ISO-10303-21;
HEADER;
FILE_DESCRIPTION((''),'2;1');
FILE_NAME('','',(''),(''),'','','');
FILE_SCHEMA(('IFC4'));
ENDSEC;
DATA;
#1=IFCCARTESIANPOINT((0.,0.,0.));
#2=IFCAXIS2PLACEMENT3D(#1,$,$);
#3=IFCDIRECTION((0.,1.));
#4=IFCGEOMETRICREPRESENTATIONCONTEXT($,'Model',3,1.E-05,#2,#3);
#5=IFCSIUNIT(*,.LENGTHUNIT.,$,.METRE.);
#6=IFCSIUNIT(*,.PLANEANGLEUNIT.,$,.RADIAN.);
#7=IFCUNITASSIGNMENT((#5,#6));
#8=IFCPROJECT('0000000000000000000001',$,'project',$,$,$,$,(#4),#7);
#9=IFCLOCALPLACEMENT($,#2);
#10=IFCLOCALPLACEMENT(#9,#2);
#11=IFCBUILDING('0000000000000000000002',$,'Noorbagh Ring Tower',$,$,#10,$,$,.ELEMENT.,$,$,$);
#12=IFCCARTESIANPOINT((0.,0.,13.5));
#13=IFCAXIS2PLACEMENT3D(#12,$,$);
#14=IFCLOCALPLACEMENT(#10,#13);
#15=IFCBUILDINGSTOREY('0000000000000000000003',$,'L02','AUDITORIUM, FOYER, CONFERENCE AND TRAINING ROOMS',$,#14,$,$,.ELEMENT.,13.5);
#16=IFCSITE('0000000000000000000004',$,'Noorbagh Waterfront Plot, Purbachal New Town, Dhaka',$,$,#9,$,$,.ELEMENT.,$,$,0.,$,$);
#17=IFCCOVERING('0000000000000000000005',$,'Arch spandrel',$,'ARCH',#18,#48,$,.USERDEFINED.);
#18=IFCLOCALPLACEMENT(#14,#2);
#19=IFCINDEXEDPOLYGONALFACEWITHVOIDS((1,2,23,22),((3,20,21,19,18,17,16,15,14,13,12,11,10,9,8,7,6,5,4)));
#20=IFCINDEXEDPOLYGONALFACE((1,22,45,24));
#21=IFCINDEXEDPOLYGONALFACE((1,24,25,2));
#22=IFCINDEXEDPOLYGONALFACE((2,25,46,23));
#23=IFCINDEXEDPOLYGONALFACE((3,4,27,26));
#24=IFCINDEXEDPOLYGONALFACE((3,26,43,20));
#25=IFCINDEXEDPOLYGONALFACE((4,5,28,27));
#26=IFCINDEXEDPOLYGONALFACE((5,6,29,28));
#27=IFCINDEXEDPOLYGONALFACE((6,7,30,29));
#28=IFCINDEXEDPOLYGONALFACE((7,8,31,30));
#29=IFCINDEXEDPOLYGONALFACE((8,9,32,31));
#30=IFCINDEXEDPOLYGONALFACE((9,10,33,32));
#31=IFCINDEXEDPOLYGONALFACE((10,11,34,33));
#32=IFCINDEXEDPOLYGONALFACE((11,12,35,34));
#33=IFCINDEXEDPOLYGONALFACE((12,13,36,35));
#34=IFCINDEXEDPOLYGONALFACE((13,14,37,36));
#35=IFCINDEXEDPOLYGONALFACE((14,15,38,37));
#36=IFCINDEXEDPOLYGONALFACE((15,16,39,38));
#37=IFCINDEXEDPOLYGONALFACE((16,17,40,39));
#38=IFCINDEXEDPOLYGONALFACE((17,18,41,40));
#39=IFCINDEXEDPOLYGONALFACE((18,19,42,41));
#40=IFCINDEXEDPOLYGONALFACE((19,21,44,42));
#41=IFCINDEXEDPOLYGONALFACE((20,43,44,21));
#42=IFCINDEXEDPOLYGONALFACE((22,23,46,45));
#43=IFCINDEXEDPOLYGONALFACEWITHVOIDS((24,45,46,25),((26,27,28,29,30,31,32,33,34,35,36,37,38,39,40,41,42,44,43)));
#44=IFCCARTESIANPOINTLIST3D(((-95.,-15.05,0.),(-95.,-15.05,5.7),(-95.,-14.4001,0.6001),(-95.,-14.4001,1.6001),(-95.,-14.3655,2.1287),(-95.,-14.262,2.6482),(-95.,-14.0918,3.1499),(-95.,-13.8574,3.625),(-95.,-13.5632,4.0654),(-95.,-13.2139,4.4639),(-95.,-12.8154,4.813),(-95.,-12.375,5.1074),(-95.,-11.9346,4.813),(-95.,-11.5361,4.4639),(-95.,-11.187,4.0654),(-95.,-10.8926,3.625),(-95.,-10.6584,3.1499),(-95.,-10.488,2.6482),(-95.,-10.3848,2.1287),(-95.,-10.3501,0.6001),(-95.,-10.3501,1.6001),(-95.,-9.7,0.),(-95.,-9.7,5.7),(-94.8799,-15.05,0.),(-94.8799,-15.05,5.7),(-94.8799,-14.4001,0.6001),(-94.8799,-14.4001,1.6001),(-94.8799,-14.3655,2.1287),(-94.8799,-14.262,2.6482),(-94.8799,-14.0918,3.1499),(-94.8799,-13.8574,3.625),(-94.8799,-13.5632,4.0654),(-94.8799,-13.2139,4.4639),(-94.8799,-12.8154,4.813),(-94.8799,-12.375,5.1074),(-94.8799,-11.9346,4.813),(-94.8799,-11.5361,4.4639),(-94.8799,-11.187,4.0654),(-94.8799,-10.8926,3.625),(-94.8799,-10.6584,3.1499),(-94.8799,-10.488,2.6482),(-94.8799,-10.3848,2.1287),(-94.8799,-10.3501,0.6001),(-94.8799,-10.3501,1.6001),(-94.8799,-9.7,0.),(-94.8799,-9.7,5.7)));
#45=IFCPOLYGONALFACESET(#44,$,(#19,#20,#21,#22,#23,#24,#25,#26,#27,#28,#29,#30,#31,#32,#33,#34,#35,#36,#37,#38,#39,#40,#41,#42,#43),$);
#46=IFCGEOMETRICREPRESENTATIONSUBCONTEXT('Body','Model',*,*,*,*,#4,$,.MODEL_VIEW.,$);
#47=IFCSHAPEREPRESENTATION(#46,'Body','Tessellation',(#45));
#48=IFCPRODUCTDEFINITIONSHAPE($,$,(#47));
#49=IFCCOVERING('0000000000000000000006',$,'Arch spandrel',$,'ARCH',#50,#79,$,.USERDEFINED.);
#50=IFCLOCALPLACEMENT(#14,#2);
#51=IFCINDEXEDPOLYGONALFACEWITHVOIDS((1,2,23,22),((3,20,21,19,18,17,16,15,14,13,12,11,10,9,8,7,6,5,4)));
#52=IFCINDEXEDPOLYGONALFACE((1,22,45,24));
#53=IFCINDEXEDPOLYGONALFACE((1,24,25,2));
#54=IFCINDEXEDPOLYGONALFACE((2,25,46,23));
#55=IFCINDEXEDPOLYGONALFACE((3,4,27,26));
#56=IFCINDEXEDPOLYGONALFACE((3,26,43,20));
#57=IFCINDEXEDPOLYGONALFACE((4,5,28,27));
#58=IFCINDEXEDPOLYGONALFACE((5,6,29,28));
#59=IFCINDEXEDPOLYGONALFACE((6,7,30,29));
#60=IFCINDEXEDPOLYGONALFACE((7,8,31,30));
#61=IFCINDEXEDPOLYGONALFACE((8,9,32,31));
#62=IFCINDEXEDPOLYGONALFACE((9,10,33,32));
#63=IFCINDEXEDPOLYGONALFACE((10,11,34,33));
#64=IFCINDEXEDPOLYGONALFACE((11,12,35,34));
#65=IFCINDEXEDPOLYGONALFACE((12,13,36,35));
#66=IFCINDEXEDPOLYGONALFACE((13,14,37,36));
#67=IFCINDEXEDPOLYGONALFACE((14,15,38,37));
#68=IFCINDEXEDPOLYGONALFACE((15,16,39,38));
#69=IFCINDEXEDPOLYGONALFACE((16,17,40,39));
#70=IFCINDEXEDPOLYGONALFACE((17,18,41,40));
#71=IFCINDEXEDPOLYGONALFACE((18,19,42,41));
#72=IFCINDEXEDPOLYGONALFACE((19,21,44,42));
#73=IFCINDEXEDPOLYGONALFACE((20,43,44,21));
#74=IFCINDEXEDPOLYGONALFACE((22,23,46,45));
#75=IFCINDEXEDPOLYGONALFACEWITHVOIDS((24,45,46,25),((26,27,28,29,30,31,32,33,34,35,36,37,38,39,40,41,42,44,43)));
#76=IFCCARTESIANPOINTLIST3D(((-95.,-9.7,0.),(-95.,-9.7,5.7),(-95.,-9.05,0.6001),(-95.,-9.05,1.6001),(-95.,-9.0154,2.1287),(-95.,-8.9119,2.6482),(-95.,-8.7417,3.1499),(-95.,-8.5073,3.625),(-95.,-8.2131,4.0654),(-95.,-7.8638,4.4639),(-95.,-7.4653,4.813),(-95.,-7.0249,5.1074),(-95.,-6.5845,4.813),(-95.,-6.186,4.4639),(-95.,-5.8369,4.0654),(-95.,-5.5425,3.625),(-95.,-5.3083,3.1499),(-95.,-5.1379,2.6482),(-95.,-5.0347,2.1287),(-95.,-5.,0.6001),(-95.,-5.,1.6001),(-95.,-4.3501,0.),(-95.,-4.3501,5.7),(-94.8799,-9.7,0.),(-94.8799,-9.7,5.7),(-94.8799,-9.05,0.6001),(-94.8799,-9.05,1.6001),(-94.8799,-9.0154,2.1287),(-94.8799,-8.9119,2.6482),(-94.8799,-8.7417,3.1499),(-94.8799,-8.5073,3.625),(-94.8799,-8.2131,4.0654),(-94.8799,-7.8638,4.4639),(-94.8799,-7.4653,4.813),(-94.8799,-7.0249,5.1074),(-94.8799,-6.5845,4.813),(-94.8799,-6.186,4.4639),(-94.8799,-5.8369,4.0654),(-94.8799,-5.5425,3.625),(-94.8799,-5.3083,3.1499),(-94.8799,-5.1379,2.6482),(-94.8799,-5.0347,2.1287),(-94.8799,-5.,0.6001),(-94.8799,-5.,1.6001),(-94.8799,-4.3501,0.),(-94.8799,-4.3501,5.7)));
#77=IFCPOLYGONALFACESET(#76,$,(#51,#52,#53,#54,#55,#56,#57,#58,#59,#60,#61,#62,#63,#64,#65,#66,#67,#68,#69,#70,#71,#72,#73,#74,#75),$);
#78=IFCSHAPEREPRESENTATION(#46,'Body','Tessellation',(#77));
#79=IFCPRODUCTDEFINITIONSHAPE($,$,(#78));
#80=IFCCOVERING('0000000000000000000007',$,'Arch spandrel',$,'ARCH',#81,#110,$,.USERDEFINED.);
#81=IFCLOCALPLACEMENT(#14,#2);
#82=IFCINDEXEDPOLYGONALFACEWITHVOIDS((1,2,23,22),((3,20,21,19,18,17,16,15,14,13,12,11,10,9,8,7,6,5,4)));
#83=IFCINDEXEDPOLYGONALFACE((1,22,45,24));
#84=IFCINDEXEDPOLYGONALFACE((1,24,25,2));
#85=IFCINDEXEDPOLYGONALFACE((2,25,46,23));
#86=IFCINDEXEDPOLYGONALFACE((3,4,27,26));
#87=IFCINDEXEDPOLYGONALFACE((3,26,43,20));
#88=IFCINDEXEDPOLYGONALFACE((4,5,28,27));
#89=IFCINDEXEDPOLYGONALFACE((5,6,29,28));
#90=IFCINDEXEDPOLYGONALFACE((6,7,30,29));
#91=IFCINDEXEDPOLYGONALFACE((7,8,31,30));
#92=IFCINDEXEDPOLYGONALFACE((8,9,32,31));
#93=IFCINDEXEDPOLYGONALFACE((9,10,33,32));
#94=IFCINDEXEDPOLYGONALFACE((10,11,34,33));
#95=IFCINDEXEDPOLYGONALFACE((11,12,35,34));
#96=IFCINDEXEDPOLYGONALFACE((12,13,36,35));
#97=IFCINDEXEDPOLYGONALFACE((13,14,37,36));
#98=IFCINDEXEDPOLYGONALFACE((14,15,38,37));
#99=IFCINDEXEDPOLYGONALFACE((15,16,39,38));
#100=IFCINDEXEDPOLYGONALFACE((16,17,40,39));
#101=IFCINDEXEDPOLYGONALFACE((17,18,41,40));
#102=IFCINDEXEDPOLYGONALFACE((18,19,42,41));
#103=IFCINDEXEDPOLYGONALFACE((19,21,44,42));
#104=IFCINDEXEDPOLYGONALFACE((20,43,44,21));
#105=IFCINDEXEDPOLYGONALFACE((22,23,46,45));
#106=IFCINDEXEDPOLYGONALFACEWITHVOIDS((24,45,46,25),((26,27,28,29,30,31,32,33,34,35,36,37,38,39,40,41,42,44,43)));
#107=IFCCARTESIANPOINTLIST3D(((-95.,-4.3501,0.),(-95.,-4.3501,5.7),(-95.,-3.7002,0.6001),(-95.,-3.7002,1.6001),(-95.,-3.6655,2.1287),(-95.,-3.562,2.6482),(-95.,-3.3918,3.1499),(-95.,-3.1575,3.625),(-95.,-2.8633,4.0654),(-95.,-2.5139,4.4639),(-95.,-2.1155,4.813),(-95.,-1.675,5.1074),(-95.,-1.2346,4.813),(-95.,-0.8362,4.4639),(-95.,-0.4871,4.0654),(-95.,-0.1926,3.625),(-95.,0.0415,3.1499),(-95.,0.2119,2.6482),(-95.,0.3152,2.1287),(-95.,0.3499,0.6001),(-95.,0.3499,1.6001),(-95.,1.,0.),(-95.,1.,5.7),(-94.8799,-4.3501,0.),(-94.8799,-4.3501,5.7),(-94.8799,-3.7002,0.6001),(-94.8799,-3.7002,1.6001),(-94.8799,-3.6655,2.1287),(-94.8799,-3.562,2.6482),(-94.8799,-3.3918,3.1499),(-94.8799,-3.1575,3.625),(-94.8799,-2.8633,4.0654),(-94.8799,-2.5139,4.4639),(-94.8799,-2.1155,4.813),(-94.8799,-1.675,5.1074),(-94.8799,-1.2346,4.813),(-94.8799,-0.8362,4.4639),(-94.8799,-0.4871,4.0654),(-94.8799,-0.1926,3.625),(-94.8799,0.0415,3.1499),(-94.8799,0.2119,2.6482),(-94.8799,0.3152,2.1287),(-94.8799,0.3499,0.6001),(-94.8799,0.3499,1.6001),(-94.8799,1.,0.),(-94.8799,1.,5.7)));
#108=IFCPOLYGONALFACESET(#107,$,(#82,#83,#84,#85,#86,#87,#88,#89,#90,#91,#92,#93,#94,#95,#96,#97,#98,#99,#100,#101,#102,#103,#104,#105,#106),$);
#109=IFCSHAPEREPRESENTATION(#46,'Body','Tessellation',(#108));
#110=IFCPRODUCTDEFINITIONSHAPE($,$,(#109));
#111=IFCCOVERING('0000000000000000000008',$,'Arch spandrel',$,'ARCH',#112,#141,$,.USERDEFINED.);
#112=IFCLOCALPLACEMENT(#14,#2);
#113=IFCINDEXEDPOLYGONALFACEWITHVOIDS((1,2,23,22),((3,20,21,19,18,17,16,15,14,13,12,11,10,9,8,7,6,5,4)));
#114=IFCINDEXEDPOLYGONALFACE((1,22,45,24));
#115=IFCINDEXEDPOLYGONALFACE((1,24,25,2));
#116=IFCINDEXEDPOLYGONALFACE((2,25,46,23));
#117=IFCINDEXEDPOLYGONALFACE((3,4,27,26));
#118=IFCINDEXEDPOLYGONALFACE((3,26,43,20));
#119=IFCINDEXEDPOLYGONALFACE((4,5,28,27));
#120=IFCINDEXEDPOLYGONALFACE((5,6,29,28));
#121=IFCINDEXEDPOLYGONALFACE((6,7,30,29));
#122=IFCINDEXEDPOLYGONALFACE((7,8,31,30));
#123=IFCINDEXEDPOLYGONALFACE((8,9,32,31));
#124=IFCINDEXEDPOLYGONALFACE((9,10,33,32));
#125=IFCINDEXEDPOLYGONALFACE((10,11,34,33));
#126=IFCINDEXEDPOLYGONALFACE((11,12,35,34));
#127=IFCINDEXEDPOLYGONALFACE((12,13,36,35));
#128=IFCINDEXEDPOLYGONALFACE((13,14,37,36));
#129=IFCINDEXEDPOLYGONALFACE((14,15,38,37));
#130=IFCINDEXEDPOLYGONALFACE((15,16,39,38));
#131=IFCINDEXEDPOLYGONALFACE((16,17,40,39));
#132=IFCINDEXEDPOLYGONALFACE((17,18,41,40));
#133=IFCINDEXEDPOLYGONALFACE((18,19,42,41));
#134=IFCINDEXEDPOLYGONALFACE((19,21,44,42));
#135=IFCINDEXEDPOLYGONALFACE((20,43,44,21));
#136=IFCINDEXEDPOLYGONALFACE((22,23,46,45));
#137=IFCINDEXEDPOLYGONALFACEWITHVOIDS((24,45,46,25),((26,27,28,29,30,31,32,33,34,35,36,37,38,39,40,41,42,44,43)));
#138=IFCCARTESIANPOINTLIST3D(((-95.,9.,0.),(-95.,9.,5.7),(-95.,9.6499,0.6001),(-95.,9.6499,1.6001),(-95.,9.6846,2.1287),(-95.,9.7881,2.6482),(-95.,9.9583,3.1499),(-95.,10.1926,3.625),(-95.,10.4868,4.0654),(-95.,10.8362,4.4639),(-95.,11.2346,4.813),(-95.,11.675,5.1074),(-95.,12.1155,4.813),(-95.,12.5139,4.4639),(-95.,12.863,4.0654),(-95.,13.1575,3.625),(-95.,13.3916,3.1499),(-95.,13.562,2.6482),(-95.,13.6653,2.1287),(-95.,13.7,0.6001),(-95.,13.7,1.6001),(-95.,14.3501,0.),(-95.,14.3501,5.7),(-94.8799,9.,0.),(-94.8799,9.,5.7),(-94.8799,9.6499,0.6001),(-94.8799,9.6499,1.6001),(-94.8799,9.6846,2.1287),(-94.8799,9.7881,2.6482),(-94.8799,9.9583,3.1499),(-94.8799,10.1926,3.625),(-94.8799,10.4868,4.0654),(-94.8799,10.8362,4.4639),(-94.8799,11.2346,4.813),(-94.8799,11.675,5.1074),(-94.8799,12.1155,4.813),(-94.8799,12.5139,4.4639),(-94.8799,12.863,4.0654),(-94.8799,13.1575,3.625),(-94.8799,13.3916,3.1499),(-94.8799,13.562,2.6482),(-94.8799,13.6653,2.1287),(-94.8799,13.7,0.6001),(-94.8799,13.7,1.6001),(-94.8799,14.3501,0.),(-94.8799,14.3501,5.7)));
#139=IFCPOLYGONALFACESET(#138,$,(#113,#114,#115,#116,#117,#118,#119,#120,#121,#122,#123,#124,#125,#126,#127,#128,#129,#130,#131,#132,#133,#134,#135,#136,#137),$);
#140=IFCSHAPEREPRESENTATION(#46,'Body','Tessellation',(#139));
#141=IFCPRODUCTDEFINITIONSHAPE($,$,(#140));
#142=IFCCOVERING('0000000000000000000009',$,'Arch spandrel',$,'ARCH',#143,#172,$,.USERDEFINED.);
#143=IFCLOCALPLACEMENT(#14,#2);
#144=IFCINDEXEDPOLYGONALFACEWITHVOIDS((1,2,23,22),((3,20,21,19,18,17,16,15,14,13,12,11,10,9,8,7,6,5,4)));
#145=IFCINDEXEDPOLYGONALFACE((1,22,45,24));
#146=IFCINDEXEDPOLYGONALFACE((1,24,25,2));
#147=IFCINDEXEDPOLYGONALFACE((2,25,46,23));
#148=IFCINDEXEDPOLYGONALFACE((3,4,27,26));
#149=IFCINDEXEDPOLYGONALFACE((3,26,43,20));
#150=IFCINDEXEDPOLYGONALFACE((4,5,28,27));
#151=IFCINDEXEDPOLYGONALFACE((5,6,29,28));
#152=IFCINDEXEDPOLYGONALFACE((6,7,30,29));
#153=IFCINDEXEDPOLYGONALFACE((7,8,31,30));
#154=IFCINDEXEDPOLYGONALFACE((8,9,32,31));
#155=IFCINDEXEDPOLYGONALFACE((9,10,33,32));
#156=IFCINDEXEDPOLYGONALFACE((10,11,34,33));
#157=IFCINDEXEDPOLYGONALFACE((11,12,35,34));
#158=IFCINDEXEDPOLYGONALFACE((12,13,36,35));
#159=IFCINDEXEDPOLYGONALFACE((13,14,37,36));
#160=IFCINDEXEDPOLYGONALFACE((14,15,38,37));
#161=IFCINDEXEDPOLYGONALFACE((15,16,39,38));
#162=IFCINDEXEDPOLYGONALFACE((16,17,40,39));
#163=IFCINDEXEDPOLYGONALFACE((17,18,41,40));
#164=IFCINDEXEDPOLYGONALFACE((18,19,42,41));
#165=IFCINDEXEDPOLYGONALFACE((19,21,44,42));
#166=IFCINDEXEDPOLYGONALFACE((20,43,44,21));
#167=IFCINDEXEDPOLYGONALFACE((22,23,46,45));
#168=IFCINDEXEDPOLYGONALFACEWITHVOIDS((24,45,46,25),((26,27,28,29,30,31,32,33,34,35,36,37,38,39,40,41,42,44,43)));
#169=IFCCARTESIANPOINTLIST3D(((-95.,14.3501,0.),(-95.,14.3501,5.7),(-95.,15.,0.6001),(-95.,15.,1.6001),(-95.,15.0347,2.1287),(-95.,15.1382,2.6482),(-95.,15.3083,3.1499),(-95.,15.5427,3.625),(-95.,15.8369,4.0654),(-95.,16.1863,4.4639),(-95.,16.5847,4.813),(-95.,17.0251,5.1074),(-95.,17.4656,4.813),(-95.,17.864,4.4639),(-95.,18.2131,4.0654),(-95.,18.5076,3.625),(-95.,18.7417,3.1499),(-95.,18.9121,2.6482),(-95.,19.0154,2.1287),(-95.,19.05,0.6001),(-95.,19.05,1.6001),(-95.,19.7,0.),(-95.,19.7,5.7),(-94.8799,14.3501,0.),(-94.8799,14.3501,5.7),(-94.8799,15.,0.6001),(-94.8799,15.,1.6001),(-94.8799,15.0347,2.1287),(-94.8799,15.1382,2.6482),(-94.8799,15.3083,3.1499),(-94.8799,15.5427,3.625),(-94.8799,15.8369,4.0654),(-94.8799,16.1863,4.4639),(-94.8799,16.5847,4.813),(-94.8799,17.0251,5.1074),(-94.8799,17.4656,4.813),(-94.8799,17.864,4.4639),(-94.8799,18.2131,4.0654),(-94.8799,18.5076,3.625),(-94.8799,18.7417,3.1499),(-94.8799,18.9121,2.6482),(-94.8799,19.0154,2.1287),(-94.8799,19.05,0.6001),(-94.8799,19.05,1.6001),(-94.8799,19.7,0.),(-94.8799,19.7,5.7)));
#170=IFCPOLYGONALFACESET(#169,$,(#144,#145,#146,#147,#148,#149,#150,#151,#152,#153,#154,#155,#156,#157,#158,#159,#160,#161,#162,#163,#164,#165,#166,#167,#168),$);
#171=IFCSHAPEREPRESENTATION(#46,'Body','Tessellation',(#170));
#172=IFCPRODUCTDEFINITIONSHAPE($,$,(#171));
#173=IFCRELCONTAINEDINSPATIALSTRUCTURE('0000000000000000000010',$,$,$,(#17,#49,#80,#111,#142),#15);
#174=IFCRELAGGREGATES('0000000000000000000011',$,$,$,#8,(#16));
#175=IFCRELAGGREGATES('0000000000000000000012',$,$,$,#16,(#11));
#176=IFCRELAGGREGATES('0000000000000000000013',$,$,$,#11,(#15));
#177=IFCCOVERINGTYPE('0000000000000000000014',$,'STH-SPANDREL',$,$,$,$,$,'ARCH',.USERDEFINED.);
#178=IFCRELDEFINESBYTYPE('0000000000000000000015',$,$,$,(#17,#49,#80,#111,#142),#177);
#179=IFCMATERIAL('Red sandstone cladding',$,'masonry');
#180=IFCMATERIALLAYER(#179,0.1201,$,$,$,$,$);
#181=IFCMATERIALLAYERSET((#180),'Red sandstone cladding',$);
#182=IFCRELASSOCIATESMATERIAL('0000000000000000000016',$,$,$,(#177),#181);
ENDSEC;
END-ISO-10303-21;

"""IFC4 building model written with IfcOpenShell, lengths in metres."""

from ifc_helpers import new_model, si_unit, direction, frame, origin, place, context, subcontext, project, spatial, polyline, outline, extrude, material, layer, layer_set, type_object, element, save


model = new_model("IFC4")

# Units and contexts
model_context = context("Model", 3, precision=1e-05, world=origin(), true_north=direction((0.0, 1.0)))
body_context = subcontext(model_context, "Body", "Model", "MODEL_VIEW")
ifc_project = project(units=[si_unit("LENGTHUNIT", "METRE"), si_unit("PLANEANGLEUNIT", "RADIAN")], contexts=[model_context])

# Site, building, storey
site_placement = place(None, origin())
site = spatial("IfcSite", under=ifc_project, at=site_placement, Name="Noorbagh Waterfront Plot, Purbachal New Town, Dhaka", CompositionType="ELEMENT", RefElevation=0.0)
building_placement = place(site_placement, origin())
building = spatial("IfcBuilding", under=site, at=building_placement, Name="Noorbagh Ring Tower", CompositionType="ELEMENT")
storey_placement = place(building_placement, frame((0.0, 0.0, 13.5)))
storey = spatial("IfcBuildingStorey", under=building, at=storey_placement, Name="L02", Description="AUDITORIUM, FOYER, CONFERENCE AND TRAINING ROOMS", CompositionType="ELEMENT", Elevation=13.5)

# Coverings
ifc_material_1 = material(Name="Red sandstone cladding", Category="masonry")
ifc_layer_1 = layer(ifc_material_1, 0.1201)
ifc_layer_set_1 = layer_set([ifc_layer_1], Name="Red sandstone cladding")
covering_type_1 = type_object("IfcCoveringType", Name="STH-SPANDREL", ElementType="ARCH", PredefinedType="USERDEFINED", material=ifc_layer_set_1)
covering_1_placement = place(storey_placement, frame((-94.8799, -15.05, 0.0), z_axis=(1.0, 0.0, 0.0), x_axis=(0.0, 1.0, 0.0)))
element("IfcCovering", 1, at=covering_1_placement, inside=storey, type_object=covering_type_1, Name="Arch spandrel", ObjectType="ARCH", PredefinedType="USERDEFINED", context=body_context, shape_type="SweptSolid", body=[
    extrude(outline(polyline([(0.0, 0.0), (5.3501, 0.0), (5.3501, 5.7), (0.0, 5.7), (0.0, 0.0)]), holes=[polyline([(0.6499, 0.6001), (0.6499, 1.6001), (0.6846, 2.1287), (0.7881, 2.6482), (0.9583, 3.1499), (1.1926, 3.625), (1.4868, 4.0654), (1.8362, 4.4639), (2.2346, 4.813), (2.675, 5.1074), (3.1155, 4.813), (3.5139, 4.4639), (3.863, 4.0654), (4.1575, 3.625), (4.3916, 3.1499), (4.562, 2.6482), (4.6653, 2.1287), (4.7, 1.6001), (4.7, 0.6001), (0.6499, 0.6001)])]), origin(), (0.0, 0.0, -1.0), 0.1201),
])
covering_2_placement = place(storey_placement, frame((-94.8799, -9.7, 0.0), z_axis=(1.0, 0.0, 0.0), x_axis=(0.0, 1.0, 0.0)))
element("IfcCovering", 2, at=covering_2_placement, inside=storey, type_object=covering_type_1, Name="Arch spandrel", ObjectType="ARCH", PredefinedType="USERDEFINED", context=body_context, shape_type="SweptSolid", body=[
    extrude(outline(polyline([(0.0, 0.0), (5.3499, 0.0), (5.3499, 5.7), (0.0, 5.7), (0.0, 0.0)]), holes=[polyline([(0.6499, 0.6001), (0.6499, 1.6001), (0.6846, 2.1287), (0.7881, 2.6482), (0.9583, 3.1499), (1.1926, 3.625), (1.4868, 4.0654), (1.8362, 4.4639), (2.2346, 4.813), (2.675, 5.1074), (3.1155, 4.813), (3.5139, 4.4639), (3.863, 4.0654), (4.1575, 3.625), (4.3916, 3.1499), (4.562, 2.6482), (4.6653, 2.1287), (4.7, 1.6001), (4.7, 0.6001), (0.6499, 0.6001)])]), origin(), (0.0, 0.0, -1.0), 0.1201),
])
for number, where, z_axis, x_axis, name in (
    (3, (-94.8799, -4.3501, 0.0), (1.0, 0.0, 0.0), (0.0, 1.0, 0.0), "Arch spandrel"),
    (4, (-94.8799, 9.0, 0.0), (1.0, 0.0, 0.0), (0.0, 1.0, 0.0), "Arch spandrel"),
):
    element("IfcCovering", number, at=place(storey_placement, frame(where, z_axis=z_axis, x_axis=x_axis)), inside=storey, type_object=covering_type_1, Name=name, ObjectType="ARCH", PredefinedType="USERDEFINED", context=body_context, shape_type="SweptSolid", body=[
        extrude(outline(polyline([(0.0, 0.0), (5.3501, 0.0), (5.3501, 5.7), (0.0, 5.7), (0.0, 0.0)]), holes=[polyline([(0.6499, 0.6001), (0.6499, 1.6001), (0.6846, 2.1287), (0.7881, 2.6482), (0.9583, 3.1499), (1.1926, 3.625), (1.4868, 4.0654), (1.8362, 4.4639), (2.2346, 4.813), (2.675, 5.1074), (3.1155, 4.813), (3.5139, 4.4639), (3.863, 4.0654), (4.1575, 3.625), (4.3916, 3.1499), (4.562, 2.6482), (4.6653, 2.1287), (4.7, 1.6001), (4.7, 0.6001), (0.6499, 0.6001)])]), origin(), (0.0, 0.0, -1.0), 0.1201),
    ])
covering_3_placement = place(storey_placement, frame((-94.8799, 14.3501, 0.0), z_axis=(1.0, 0.0, 0.0), x_axis=(0.0, 1.0, 0.0)))
element("IfcCovering", 5, at=covering_3_placement, inside=storey, type_object=covering_type_1, Name="Arch spandrel", ObjectType="ARCH", PredefinedType="USERDEFINED", context=body_context, shape_type="SweptSolid", body=[
    extrude(outline(polyline([(0.0, 0.0), (5.3499, 0.0), (5.3499, 5.7), (0.0, 5.7), (0.0, 0.0)]), holes=[polyline([(0.6499, 0.6001), (0.6499, 1.6001), (0.6846, 2.1287), (0.7881, 2.6482), (0.9583, 3.1499), (1.1926, 3.625), (1.4868, 4.0654), (1.8362, 4.4639), (2.2346, 4.813), (2.675, 5.1074), (3.1155, 4.813), (3.5139, 4.4639), (3.863, 4.0654), (4.1575, 3.625), (4.3916, 3.1499), (4.562, 2.6482), (4.6653, 2.1287), (4.7, 1.6001), (4.7, 0.6001), (0.6499, 0.6001)])]), origin(), (0.0, 0.0, -1.0), 0.1201),
])

save(model, "model.ifc")
